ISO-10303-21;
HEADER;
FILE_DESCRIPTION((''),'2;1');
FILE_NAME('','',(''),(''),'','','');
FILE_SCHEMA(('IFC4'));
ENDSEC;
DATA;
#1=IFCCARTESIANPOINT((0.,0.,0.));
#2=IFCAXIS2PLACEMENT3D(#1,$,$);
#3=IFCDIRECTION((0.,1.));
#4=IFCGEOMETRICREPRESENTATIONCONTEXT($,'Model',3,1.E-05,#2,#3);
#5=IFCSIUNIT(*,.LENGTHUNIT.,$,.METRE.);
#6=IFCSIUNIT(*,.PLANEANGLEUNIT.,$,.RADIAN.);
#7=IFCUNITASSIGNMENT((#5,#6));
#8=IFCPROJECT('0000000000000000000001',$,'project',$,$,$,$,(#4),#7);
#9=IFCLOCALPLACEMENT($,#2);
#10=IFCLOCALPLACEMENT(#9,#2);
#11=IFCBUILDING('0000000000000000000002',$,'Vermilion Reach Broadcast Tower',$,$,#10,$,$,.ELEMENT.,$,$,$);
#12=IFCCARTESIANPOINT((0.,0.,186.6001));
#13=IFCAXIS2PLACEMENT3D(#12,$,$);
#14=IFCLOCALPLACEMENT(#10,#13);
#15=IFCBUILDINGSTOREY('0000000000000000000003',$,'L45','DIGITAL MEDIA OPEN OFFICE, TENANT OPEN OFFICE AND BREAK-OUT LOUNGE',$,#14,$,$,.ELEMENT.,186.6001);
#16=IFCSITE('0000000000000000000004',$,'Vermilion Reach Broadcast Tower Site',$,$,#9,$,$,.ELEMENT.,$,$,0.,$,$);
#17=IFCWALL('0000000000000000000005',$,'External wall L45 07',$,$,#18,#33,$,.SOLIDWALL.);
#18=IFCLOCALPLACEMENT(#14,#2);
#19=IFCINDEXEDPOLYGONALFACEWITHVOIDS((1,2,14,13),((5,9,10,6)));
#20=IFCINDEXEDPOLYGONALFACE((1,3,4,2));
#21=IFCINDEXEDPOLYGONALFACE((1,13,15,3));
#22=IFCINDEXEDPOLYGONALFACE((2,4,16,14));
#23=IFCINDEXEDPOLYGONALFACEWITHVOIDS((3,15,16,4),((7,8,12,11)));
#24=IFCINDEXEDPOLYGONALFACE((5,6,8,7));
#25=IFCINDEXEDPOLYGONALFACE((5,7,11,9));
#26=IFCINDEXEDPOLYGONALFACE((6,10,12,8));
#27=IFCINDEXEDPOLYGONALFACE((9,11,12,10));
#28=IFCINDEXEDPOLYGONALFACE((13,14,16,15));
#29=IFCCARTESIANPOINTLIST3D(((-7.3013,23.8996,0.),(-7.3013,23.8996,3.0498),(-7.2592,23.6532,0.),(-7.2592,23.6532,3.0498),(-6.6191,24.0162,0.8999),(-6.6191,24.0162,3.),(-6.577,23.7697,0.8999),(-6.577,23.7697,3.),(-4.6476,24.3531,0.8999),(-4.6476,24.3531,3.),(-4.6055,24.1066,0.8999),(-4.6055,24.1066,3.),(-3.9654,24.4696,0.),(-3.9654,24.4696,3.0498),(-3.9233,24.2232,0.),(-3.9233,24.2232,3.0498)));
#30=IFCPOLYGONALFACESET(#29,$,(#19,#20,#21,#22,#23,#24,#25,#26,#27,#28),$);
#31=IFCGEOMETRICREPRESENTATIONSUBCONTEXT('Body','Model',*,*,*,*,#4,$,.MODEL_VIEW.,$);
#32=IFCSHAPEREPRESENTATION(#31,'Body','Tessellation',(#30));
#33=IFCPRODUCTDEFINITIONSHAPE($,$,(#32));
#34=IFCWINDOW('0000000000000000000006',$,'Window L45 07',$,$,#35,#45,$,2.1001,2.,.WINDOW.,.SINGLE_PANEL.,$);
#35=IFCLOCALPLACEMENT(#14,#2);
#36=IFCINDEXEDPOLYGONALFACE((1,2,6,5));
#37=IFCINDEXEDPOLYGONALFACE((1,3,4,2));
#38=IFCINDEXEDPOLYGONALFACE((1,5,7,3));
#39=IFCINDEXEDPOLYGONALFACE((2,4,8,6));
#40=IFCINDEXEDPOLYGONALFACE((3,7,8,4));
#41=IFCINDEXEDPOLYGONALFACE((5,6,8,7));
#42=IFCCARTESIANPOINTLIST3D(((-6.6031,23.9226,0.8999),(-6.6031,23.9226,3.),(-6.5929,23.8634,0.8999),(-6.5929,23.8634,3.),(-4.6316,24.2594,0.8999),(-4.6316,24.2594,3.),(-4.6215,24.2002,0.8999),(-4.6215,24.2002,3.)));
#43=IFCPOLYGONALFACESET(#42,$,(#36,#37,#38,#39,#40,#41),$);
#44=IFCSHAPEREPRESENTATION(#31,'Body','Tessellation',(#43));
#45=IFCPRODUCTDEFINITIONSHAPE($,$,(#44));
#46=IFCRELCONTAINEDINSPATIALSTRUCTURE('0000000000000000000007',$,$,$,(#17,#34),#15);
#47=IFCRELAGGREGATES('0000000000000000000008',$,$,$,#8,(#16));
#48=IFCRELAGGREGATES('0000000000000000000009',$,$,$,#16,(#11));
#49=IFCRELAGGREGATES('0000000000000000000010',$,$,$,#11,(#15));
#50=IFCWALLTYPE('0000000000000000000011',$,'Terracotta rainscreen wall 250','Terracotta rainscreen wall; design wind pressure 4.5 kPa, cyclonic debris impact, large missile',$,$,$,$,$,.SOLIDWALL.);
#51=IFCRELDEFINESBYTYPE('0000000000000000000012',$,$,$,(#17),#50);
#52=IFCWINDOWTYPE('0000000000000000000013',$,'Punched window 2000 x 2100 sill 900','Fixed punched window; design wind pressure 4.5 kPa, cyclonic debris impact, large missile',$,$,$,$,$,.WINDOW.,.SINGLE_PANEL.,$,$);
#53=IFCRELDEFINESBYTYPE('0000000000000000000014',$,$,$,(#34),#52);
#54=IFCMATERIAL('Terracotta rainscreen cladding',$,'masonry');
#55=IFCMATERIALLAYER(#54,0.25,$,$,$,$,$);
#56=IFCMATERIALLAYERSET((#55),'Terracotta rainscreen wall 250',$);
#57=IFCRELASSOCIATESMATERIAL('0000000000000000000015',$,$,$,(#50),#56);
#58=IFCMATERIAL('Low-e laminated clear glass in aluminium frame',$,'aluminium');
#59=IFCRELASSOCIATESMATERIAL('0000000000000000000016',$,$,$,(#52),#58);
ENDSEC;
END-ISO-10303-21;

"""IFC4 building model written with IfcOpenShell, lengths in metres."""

from ifc_helpers import new_model, si_unit, direction, frame, frame_2d, origin, place, context, subcontext, project, spatial, rectangle, extrude, material, layer, layer_set, type_object, element, fill, save


model = new_model("IFC4")

# Units and contexts
model_context = context("Model", 3, precision=1e-05, world=origin(), true_north=direction((0.0, 1.0)))
body_context = subcontext(model_context, "Body", "Model", "MODEL_VIEW")
ifc_project = project(units=[si_unit("LENGTHUNIT", "METRE"), si_unit("PLANEANGLEUNIT", "RADIAN")], contexts=[model_context])

# Site, building, storey
site_placement = place(None, origin())
site = spatial("IfcSite", under=ifc_project, at=site_placement, Name="Vermilion Reach Broadcast Tower Site", CompositionType="ELEMENT", RefElevation=0.0)
building_placement = place(site_placement, origin())
building = spatial("IfcBuilding", under=site, at=building_placement, Name="Vermilion Reach Broadcast Tower", CompositionType="ELEMENT")
storey_placement = place(building_placement, frame((0.0, 0.0, 186.6001)))
storey = spatial("IfcBuildingStorey", under=building, at=storey_placement, Name="L45", Description="DIGITAL MEDIA OPEN OFFICE, TENANT OPEN OFFICE AND BREAK-OUT LOUNGE", CompositionType="ELEMENT", Elevation=186.6001)

# Wall, opening, window
ifc_material_1 = material(Name="Terracotta rainscreen cladding", Category="masonry")
ifc_layer = layer(ifc_material_1, 0.25)
ifc_layer_set = layer_set([ifc_layer], Name="Terracotta rainscreen wall 250")
wall_type = type_object("IfcWallType", Name="Terracotta rainscreen wall 250", Description="Terracotta rainscreen wall; design wind pressure 4.5 kPa, cyclonic debris impact, large missile", PredefinedType="SOLIDWALL", material=ifc_layer_set)
ifc_material_2 = material(Name="Low-e laminated clear glass in aluminium frame", Category="aluminium")
window_type = type_object("IfcWindowType", Name="Punched window 2000 x 2100 sill 900", Description="Fixed punched window; design wind pressure 4.5 kPa, cyclonic debris impact, large missile", PartitioningType="SINGLE_PANEL", PredefinedType="WINDOW", material=ifc_material_2)
wall_1_placement = place(storey_placement, frame((-3.9443, 24.3464, 0.0), z_axis=(0.0, 0.0, 1.0), x_axis=(-0.985711, -0.168445, 0.0)))
wall_1 = element("IfcWall", 1, at=wall_1_placement, inside=storey, type_object=wall_type, Name="External wall L45 07", PredefinedType="SOLIDWALL", context=body_context, shape_type="SweptSolid", body=[
    extrude(rectangle(XDim=3.3843, YDim=0.25, at=frame_2d((1.6921, 0.0))), origin(), (0.0, 0.0, 1.0), 3.0498),
])
opening_1_placement = place(wall_1_placement, frame((0.6921, 0.0, 0.8999)))
opening_1 = element("IfcOpeningElement", 2, at=opening_1_placement, cuts=wall_1, PredefinedType="OPENING", context=body_context, shape_type="SweptSolid", body=[
    extrude(rectangle(XDim=2.0, YDim=2.1001, at=frame_2d((1.0, 1.05))), frame((0.0, 0.135, 0.0), z_axis=(0.0, -1.0, 0.0), x_axis=(1.0, 0.0, 0.0)), (0.0, 0.0, 1.0), 0.27),
])
window_1_placement = place(opening_1_placement, origin())
window_1 = element("IfcWindow", 3, at=window_1_placement, inside=storey, type_object=window_type, Name="Window L45 07", OverallHeight=2.1001, OverallWidth=2.0, PartitioningType="SINGLE_PANEL", PredefinedType="WINDOW", context=body_context, shape_type="SweptSolid", body=[
    extrude(rectangle(XDim=2.0, YDim=2.1001, at=frame_2d((1.0, 1.05))), frame((0.0, 0.03, 0.0), z_axis=(0.0, -1.0, 0.0), x_axis=(1.0, 0.0, 0.0)), (0.0, 0.0, 1.0), 0.0601),
])
fill(opening_1, window_1)

save(model, "model.ifc")
